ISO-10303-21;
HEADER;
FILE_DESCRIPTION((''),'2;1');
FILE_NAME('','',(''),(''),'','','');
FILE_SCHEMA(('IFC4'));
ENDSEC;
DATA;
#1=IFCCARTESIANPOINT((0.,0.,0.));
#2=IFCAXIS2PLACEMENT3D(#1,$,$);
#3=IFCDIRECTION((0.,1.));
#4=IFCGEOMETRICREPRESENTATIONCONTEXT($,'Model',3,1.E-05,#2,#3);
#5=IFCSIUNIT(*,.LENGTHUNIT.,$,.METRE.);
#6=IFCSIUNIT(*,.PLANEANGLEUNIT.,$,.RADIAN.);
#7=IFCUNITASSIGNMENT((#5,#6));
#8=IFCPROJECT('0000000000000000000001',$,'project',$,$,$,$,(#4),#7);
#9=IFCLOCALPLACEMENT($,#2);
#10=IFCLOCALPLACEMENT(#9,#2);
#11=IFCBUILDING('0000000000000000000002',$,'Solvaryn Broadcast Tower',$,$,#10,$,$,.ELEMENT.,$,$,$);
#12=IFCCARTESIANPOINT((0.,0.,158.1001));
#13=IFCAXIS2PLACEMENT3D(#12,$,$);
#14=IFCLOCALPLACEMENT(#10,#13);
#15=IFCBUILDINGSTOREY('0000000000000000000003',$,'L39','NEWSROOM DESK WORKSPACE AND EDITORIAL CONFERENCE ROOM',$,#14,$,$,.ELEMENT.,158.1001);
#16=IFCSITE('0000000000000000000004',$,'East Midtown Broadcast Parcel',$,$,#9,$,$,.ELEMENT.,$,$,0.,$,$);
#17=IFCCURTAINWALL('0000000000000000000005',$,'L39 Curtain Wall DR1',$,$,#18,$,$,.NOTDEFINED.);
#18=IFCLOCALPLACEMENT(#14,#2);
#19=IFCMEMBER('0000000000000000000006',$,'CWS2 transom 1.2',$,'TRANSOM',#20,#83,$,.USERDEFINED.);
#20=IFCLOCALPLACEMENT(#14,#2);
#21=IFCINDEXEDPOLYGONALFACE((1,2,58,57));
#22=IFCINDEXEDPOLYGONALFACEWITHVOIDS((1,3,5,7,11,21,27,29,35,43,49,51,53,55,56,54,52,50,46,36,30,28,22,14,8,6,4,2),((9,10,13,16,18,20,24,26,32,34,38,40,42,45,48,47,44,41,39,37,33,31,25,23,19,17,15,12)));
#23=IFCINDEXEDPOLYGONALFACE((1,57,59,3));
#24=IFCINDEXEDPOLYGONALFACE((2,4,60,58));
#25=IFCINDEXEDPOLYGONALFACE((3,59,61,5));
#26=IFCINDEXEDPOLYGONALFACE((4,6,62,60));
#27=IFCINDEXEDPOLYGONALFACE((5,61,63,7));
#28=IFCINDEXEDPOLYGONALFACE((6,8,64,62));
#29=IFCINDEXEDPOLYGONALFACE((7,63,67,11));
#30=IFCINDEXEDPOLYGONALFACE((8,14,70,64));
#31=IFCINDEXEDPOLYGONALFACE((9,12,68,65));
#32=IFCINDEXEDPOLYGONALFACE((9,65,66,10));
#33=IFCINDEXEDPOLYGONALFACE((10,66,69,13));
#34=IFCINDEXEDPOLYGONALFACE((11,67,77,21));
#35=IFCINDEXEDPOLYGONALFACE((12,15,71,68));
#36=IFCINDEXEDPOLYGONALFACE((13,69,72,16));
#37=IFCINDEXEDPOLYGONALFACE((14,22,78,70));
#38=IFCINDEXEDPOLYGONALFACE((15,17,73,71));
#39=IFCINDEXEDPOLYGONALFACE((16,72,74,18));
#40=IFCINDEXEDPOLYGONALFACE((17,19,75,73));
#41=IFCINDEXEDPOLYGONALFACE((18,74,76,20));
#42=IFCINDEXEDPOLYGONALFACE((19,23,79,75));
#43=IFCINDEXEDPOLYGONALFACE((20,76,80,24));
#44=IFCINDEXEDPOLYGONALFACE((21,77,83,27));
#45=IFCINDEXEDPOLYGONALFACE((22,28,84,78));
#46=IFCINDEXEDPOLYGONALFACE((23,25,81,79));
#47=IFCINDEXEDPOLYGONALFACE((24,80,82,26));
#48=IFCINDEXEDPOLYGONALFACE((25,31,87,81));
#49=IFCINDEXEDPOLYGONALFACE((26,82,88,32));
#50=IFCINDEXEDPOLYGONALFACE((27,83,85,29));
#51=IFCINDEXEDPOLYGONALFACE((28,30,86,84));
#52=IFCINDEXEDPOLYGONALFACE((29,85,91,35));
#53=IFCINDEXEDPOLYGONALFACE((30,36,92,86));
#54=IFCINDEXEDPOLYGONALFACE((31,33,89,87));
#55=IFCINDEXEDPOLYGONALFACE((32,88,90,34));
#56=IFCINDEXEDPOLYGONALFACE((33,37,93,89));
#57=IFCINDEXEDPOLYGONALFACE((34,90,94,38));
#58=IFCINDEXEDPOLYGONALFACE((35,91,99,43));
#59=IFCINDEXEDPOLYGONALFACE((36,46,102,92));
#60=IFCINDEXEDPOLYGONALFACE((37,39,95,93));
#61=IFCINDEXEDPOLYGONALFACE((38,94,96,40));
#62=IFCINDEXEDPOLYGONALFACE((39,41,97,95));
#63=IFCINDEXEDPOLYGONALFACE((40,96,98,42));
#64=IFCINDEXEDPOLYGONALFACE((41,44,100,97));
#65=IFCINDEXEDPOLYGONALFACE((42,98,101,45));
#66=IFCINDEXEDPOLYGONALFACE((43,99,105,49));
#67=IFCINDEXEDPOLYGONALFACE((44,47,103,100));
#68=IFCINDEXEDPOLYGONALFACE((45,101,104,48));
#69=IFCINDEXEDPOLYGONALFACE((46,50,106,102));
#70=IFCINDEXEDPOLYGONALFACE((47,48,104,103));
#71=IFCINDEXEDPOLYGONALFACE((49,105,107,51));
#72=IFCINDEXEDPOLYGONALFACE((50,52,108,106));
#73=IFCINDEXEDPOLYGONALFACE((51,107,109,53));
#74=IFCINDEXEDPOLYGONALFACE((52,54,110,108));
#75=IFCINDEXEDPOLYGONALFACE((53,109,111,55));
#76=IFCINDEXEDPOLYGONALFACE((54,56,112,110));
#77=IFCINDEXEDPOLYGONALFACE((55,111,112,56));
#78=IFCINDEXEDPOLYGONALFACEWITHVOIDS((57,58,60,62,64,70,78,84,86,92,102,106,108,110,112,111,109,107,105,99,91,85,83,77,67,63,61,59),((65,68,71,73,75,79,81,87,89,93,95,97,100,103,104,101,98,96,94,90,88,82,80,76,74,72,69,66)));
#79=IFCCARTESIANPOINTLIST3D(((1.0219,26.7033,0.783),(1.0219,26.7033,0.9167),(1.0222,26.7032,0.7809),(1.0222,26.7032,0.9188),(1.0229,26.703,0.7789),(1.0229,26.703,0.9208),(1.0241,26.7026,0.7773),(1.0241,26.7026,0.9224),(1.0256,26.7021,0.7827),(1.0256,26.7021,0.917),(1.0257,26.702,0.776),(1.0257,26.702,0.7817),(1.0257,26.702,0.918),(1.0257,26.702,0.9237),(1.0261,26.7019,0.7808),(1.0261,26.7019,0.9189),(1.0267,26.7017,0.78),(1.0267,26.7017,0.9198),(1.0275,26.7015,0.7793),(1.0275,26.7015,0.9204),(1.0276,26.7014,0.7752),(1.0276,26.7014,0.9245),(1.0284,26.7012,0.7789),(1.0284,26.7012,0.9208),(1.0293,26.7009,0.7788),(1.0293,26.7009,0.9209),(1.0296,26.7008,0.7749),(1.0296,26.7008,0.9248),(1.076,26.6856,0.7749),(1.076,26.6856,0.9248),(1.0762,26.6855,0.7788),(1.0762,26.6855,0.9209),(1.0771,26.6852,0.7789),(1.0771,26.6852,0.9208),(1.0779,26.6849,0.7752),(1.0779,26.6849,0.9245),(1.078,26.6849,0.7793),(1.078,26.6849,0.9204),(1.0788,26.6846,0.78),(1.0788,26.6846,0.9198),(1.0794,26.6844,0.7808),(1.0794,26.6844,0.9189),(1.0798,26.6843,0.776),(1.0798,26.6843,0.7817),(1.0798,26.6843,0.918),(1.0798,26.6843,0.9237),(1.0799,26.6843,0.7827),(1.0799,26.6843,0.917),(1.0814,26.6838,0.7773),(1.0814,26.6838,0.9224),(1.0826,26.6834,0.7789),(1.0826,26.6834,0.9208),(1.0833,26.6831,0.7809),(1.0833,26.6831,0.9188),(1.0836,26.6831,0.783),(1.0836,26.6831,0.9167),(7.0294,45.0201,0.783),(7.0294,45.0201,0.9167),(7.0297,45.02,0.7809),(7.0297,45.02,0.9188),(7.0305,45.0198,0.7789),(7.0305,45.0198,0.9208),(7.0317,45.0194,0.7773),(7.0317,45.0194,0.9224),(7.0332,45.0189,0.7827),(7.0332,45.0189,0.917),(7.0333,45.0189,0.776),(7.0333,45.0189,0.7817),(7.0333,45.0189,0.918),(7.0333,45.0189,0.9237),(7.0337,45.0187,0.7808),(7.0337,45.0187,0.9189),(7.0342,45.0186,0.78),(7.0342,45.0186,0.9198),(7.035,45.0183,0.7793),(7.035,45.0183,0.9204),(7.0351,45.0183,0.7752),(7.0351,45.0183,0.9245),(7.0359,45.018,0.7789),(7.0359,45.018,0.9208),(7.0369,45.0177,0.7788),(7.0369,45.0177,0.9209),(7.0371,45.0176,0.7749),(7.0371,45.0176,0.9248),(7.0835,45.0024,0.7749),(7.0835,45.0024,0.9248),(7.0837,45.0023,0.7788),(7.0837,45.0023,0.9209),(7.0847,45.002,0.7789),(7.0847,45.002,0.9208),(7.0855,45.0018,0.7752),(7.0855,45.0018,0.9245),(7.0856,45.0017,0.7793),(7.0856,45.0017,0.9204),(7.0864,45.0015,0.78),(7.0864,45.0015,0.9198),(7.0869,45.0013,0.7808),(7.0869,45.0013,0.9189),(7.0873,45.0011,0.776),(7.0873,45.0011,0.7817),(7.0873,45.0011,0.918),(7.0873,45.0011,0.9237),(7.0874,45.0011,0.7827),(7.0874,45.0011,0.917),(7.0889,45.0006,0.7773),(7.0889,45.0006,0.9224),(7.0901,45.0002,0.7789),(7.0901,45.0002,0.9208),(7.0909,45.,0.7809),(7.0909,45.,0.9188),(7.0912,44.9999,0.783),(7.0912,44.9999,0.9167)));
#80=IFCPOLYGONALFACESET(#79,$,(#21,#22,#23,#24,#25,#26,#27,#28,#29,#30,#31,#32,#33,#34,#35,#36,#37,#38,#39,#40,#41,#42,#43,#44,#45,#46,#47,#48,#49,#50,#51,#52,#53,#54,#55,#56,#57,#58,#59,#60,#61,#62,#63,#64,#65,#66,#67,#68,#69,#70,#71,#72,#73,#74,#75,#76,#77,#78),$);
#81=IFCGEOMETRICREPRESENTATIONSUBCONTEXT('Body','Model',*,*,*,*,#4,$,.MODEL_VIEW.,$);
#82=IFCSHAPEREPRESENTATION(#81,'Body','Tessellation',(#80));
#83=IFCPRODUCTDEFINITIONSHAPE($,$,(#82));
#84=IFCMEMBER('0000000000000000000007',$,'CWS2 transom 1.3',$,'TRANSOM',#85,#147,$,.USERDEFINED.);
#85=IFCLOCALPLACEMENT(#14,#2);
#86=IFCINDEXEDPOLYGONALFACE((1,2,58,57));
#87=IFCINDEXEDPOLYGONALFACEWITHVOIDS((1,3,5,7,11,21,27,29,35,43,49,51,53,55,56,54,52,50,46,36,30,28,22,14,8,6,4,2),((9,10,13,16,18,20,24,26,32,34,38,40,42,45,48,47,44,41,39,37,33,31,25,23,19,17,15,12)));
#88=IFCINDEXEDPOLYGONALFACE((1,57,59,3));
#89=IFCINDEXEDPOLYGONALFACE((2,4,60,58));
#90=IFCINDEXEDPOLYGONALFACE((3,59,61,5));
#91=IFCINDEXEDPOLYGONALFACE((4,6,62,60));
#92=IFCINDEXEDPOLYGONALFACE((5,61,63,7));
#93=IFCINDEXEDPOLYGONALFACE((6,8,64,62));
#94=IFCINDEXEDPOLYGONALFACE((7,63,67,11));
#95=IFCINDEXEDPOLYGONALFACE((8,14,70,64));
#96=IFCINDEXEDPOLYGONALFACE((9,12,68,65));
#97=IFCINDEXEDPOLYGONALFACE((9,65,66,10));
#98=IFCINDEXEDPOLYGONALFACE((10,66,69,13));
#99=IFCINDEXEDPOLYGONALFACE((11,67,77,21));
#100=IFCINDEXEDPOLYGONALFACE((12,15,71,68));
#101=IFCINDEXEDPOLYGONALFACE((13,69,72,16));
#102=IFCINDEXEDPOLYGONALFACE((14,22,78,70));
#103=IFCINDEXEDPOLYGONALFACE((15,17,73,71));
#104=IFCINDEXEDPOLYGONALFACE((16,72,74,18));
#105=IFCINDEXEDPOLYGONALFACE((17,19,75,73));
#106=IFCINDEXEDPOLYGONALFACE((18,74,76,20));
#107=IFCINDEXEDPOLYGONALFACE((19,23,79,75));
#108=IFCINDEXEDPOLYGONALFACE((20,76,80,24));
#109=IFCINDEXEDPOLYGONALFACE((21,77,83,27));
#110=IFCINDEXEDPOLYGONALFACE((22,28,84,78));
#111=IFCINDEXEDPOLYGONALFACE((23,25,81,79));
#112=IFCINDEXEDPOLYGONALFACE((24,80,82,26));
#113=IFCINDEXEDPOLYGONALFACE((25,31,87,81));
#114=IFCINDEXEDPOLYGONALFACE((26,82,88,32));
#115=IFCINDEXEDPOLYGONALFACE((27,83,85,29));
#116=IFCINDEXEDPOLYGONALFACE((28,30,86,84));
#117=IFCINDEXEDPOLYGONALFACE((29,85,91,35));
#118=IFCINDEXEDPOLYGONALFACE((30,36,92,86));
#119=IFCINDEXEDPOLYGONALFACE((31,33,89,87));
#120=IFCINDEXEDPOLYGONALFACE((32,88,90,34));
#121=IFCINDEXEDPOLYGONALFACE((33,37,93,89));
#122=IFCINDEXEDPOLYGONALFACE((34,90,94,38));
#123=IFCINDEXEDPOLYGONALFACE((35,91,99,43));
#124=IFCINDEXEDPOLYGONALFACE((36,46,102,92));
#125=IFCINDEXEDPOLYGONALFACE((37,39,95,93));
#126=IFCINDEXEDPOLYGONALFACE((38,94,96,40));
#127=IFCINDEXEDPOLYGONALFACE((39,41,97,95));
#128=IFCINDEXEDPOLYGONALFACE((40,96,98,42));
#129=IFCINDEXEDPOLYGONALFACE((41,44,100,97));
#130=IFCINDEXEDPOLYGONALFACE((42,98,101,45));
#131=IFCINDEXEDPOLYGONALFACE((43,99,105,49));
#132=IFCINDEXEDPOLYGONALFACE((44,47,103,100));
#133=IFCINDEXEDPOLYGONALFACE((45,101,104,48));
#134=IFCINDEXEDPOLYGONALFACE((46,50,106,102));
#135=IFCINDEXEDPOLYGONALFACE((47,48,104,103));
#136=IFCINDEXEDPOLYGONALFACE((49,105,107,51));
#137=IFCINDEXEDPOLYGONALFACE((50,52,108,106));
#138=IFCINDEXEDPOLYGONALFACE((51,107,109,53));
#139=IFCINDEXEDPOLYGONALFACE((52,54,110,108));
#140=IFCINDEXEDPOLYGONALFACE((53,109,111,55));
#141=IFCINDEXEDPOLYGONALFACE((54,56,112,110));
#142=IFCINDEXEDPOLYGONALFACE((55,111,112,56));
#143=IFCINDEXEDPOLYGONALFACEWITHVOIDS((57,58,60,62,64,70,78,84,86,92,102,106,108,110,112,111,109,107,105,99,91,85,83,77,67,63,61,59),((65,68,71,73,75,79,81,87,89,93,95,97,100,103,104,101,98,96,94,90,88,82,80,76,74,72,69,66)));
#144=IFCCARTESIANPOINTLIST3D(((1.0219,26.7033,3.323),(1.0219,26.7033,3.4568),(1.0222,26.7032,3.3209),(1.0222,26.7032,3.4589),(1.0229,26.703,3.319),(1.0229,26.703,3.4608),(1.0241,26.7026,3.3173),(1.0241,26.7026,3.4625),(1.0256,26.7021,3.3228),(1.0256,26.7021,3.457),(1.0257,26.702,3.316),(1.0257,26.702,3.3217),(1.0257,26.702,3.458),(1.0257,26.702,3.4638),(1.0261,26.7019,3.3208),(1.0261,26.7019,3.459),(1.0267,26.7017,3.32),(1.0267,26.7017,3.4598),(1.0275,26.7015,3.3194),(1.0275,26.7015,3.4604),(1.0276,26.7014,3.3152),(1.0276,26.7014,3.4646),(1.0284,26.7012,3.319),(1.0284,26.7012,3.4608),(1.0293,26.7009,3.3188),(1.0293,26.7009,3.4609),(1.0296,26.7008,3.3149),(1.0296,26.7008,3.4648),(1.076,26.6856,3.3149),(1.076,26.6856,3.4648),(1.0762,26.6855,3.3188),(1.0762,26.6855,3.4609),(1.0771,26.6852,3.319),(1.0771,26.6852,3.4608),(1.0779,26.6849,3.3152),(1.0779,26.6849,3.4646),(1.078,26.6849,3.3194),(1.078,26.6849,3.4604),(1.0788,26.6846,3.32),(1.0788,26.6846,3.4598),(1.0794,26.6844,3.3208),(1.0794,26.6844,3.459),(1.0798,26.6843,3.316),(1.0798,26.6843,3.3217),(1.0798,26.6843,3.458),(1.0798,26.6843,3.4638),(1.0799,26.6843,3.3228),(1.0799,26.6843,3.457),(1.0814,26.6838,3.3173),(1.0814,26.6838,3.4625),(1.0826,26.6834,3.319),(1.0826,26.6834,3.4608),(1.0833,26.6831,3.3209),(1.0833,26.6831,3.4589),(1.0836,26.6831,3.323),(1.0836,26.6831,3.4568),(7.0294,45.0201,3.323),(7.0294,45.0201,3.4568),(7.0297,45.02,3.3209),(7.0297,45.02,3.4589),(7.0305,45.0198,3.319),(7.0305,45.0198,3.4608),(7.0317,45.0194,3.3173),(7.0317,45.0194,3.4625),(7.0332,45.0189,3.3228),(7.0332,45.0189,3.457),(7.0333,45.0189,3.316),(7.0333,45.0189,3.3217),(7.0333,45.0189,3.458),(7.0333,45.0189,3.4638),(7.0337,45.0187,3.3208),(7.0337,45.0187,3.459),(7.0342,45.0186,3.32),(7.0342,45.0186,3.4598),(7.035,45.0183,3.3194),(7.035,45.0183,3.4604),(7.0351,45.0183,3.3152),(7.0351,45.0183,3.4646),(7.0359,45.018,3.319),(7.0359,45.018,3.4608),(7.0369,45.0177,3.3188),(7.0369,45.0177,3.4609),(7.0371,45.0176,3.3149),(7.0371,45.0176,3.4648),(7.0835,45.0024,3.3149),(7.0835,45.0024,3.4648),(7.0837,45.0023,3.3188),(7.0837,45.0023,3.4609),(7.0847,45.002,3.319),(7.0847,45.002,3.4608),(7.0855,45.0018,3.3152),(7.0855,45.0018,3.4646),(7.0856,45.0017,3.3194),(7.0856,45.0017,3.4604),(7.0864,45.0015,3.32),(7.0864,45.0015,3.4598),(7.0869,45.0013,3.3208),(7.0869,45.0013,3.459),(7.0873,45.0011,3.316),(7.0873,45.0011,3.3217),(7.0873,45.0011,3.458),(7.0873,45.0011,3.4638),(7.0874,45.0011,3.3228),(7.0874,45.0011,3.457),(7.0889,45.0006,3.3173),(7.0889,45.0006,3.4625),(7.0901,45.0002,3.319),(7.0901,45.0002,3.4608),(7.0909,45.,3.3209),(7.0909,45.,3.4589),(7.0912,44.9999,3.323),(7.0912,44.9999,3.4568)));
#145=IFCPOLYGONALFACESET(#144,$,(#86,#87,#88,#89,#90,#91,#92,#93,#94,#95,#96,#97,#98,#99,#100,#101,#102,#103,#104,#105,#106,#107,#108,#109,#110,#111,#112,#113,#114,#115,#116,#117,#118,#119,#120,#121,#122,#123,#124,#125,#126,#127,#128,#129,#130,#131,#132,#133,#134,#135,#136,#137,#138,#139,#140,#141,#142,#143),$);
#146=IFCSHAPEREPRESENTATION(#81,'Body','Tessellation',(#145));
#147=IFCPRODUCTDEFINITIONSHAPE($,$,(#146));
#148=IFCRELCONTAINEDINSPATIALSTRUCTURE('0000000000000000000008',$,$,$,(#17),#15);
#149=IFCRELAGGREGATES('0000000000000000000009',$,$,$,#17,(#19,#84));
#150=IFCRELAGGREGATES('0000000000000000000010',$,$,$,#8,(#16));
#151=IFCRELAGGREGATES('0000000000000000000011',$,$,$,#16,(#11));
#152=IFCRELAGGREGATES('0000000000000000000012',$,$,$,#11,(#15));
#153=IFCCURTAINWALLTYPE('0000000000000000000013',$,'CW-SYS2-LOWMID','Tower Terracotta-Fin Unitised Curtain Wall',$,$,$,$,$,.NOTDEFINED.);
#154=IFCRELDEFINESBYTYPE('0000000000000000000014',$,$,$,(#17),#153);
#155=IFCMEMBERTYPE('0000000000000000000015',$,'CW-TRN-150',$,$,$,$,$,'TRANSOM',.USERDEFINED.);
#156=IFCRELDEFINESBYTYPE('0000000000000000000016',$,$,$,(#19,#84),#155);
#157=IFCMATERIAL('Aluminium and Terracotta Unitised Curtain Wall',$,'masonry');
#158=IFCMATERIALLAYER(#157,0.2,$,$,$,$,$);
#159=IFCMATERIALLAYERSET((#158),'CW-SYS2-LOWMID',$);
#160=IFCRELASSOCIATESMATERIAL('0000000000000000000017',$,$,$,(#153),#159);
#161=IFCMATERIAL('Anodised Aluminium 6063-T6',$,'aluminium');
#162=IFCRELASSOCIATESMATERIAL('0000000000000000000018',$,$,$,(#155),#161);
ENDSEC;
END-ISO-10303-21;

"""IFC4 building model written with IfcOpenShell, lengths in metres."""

from ifc_helpers import new_model, si_unit, direction, frame, origin, origin_2d, place, context, subcontext, project, spatial, hollow_rectangle, extrude, material, layer, layer_set, material_profile, profile_set, type_object, element, aggregate, save


model = new_model("IFC4")

# Units and contexts
model_context = context("Model", 3, precision=1e-05, world=origin(), true_north=direction((0.0, 1.0)))
body_context = subcontext(model_context, "Body", "Model", "MODEL_VIEW")
ifc_project = project(units=[si_unit("LENGTHUNIT", "METRE"), si_unit("PLANEANGLEUNIT", "RADIAN")], contexts=[model_context])

# Site, building, storey
site_placement = place(None, origin())
site = spatial("IfcSite", under=ifc_project, at=site_placement, Name="East Midtown Broadcast Parcel", CompositionType="ELEMENT", RefElevation=0.0)
building_placement = place(site_placement, origin())
building = spatial("IfcBuilding", under=site, at=building_placement, Name="Solvaryn Broadcast Tower", CompositionType="ELEMENT")
storey_placement = place(building_placement, frame((0.0, 0.0, 158.1001)))
storey = spatial("IfcBuildingStorey", under=building, at=storey_placement, Name="L39", Description="NEWSROOM DESK WORKSPACE AND EDITORIAL CONFERENCE ROOM", CompositionType="ELEMENT", Elevation=158.1001)

# Curtain wall
ifc_material_1 = material(Name="Aluminium and Terracotta Unitised Curtain Wall", Category="masonry")
ifc_layer_1 = layer(ifc_material_1, 0.2)
ifc_layer_set_1 = layer_set([ifc_layer_1], Name="CW-SYS2-LOWMID")
curtain_wall_type = type_object("IfcCurtainWallType", Name="CW-SYS2-LOWMID", Description="Tower Terracotta-Fin Unitised Curtain Wall", PredefinedType="NOTDEFINED", material=ifc_layer_set_1)
curtain_wall_1_placement = place(storey_placement, origin())
curtain_wall_1 = element("IfcCurtainWall", 1, at=curtain_wall_1_placement, inside=storey, type_object=curtain_wall_type, Name="L39 Curtain Wall DR1", PredefinedType="NOTDEFINED")

# Members
ifc_material_2 = material(Name="Anodised Aluminium 6063-T6", Category="aluminium")
ifc_material_profile_1 = material_profile(ifc_material_2, hollow_rectangle(XDim=0.0649, YDim=0.1499, WallThickness=0.0039, InnerFilletRadius=0.0039, OuterFilletRadius=0.0081, at=origin_2d()))
ifc_profile_set_1 = profile_set([ifc_material_profile_1], Name="Anodised Aluminium 6063-T6")
member_type_1 = type_object("IfcMemberType", Name="CW-TRN-150", ElementType="TRANSOM", PredefinedType="USERDEFINED", material=ifc_profile_set_1)
member_1_placement = place(storey_placement, frame((7.0603, 45.01, 0.8499), z_axis=(-0.311646, -0.950198, 0.0), x_axis=(0.950198, -0.311646, 0.0)))
member_1 = element("IfcMember", 2, at=member_1_placement, type_object=member_type_1, Name="CWS2 transom 1.2", ObjectType="TRANSOM", PredefinedType="USERDEFINED", context=body_context, shape_type="SweptSolid", body=[
    extrude(hollow_rectangle(XDim=0.0649, YDim=0.1499, WallThickness=0.0039, InnerFilletRadius=0.0039, OuterFilletRadius=0.0081, at=origin_2d()), origin(), (0.0, 0.0, 1.0), 19.2769),
])
member_2_placement = place(storey_placement, frame((7.0603, 45.01, 3.3899), z_axis=(-0.311646, -0.950198, 0.0), x_axis=(0.950198, -0.311646, 0.0)))
member_2 = element("IfcMember", 3, at=member_2_placement, type_object=member_type_1, Name="CWS2 transom 1.3", ObjectType="TRANSOM", PredefinedType="USERDEFINED", context=body_context, shape_type="SweptSolid", body=[
    extrude(hollow_rectangle(XDim=0.0649, YDim=0.1499, WallThickness=0.0039, InnerFilletRadius=0.0039, OuterFilletRadius=0.0081, at=origin_2d()), origin(), (0.0, 0.0, 1.0), 19.2769),
])
aggregate(curtain_wall_1, [member_1, member_2])

save(model, "model.ifc")
